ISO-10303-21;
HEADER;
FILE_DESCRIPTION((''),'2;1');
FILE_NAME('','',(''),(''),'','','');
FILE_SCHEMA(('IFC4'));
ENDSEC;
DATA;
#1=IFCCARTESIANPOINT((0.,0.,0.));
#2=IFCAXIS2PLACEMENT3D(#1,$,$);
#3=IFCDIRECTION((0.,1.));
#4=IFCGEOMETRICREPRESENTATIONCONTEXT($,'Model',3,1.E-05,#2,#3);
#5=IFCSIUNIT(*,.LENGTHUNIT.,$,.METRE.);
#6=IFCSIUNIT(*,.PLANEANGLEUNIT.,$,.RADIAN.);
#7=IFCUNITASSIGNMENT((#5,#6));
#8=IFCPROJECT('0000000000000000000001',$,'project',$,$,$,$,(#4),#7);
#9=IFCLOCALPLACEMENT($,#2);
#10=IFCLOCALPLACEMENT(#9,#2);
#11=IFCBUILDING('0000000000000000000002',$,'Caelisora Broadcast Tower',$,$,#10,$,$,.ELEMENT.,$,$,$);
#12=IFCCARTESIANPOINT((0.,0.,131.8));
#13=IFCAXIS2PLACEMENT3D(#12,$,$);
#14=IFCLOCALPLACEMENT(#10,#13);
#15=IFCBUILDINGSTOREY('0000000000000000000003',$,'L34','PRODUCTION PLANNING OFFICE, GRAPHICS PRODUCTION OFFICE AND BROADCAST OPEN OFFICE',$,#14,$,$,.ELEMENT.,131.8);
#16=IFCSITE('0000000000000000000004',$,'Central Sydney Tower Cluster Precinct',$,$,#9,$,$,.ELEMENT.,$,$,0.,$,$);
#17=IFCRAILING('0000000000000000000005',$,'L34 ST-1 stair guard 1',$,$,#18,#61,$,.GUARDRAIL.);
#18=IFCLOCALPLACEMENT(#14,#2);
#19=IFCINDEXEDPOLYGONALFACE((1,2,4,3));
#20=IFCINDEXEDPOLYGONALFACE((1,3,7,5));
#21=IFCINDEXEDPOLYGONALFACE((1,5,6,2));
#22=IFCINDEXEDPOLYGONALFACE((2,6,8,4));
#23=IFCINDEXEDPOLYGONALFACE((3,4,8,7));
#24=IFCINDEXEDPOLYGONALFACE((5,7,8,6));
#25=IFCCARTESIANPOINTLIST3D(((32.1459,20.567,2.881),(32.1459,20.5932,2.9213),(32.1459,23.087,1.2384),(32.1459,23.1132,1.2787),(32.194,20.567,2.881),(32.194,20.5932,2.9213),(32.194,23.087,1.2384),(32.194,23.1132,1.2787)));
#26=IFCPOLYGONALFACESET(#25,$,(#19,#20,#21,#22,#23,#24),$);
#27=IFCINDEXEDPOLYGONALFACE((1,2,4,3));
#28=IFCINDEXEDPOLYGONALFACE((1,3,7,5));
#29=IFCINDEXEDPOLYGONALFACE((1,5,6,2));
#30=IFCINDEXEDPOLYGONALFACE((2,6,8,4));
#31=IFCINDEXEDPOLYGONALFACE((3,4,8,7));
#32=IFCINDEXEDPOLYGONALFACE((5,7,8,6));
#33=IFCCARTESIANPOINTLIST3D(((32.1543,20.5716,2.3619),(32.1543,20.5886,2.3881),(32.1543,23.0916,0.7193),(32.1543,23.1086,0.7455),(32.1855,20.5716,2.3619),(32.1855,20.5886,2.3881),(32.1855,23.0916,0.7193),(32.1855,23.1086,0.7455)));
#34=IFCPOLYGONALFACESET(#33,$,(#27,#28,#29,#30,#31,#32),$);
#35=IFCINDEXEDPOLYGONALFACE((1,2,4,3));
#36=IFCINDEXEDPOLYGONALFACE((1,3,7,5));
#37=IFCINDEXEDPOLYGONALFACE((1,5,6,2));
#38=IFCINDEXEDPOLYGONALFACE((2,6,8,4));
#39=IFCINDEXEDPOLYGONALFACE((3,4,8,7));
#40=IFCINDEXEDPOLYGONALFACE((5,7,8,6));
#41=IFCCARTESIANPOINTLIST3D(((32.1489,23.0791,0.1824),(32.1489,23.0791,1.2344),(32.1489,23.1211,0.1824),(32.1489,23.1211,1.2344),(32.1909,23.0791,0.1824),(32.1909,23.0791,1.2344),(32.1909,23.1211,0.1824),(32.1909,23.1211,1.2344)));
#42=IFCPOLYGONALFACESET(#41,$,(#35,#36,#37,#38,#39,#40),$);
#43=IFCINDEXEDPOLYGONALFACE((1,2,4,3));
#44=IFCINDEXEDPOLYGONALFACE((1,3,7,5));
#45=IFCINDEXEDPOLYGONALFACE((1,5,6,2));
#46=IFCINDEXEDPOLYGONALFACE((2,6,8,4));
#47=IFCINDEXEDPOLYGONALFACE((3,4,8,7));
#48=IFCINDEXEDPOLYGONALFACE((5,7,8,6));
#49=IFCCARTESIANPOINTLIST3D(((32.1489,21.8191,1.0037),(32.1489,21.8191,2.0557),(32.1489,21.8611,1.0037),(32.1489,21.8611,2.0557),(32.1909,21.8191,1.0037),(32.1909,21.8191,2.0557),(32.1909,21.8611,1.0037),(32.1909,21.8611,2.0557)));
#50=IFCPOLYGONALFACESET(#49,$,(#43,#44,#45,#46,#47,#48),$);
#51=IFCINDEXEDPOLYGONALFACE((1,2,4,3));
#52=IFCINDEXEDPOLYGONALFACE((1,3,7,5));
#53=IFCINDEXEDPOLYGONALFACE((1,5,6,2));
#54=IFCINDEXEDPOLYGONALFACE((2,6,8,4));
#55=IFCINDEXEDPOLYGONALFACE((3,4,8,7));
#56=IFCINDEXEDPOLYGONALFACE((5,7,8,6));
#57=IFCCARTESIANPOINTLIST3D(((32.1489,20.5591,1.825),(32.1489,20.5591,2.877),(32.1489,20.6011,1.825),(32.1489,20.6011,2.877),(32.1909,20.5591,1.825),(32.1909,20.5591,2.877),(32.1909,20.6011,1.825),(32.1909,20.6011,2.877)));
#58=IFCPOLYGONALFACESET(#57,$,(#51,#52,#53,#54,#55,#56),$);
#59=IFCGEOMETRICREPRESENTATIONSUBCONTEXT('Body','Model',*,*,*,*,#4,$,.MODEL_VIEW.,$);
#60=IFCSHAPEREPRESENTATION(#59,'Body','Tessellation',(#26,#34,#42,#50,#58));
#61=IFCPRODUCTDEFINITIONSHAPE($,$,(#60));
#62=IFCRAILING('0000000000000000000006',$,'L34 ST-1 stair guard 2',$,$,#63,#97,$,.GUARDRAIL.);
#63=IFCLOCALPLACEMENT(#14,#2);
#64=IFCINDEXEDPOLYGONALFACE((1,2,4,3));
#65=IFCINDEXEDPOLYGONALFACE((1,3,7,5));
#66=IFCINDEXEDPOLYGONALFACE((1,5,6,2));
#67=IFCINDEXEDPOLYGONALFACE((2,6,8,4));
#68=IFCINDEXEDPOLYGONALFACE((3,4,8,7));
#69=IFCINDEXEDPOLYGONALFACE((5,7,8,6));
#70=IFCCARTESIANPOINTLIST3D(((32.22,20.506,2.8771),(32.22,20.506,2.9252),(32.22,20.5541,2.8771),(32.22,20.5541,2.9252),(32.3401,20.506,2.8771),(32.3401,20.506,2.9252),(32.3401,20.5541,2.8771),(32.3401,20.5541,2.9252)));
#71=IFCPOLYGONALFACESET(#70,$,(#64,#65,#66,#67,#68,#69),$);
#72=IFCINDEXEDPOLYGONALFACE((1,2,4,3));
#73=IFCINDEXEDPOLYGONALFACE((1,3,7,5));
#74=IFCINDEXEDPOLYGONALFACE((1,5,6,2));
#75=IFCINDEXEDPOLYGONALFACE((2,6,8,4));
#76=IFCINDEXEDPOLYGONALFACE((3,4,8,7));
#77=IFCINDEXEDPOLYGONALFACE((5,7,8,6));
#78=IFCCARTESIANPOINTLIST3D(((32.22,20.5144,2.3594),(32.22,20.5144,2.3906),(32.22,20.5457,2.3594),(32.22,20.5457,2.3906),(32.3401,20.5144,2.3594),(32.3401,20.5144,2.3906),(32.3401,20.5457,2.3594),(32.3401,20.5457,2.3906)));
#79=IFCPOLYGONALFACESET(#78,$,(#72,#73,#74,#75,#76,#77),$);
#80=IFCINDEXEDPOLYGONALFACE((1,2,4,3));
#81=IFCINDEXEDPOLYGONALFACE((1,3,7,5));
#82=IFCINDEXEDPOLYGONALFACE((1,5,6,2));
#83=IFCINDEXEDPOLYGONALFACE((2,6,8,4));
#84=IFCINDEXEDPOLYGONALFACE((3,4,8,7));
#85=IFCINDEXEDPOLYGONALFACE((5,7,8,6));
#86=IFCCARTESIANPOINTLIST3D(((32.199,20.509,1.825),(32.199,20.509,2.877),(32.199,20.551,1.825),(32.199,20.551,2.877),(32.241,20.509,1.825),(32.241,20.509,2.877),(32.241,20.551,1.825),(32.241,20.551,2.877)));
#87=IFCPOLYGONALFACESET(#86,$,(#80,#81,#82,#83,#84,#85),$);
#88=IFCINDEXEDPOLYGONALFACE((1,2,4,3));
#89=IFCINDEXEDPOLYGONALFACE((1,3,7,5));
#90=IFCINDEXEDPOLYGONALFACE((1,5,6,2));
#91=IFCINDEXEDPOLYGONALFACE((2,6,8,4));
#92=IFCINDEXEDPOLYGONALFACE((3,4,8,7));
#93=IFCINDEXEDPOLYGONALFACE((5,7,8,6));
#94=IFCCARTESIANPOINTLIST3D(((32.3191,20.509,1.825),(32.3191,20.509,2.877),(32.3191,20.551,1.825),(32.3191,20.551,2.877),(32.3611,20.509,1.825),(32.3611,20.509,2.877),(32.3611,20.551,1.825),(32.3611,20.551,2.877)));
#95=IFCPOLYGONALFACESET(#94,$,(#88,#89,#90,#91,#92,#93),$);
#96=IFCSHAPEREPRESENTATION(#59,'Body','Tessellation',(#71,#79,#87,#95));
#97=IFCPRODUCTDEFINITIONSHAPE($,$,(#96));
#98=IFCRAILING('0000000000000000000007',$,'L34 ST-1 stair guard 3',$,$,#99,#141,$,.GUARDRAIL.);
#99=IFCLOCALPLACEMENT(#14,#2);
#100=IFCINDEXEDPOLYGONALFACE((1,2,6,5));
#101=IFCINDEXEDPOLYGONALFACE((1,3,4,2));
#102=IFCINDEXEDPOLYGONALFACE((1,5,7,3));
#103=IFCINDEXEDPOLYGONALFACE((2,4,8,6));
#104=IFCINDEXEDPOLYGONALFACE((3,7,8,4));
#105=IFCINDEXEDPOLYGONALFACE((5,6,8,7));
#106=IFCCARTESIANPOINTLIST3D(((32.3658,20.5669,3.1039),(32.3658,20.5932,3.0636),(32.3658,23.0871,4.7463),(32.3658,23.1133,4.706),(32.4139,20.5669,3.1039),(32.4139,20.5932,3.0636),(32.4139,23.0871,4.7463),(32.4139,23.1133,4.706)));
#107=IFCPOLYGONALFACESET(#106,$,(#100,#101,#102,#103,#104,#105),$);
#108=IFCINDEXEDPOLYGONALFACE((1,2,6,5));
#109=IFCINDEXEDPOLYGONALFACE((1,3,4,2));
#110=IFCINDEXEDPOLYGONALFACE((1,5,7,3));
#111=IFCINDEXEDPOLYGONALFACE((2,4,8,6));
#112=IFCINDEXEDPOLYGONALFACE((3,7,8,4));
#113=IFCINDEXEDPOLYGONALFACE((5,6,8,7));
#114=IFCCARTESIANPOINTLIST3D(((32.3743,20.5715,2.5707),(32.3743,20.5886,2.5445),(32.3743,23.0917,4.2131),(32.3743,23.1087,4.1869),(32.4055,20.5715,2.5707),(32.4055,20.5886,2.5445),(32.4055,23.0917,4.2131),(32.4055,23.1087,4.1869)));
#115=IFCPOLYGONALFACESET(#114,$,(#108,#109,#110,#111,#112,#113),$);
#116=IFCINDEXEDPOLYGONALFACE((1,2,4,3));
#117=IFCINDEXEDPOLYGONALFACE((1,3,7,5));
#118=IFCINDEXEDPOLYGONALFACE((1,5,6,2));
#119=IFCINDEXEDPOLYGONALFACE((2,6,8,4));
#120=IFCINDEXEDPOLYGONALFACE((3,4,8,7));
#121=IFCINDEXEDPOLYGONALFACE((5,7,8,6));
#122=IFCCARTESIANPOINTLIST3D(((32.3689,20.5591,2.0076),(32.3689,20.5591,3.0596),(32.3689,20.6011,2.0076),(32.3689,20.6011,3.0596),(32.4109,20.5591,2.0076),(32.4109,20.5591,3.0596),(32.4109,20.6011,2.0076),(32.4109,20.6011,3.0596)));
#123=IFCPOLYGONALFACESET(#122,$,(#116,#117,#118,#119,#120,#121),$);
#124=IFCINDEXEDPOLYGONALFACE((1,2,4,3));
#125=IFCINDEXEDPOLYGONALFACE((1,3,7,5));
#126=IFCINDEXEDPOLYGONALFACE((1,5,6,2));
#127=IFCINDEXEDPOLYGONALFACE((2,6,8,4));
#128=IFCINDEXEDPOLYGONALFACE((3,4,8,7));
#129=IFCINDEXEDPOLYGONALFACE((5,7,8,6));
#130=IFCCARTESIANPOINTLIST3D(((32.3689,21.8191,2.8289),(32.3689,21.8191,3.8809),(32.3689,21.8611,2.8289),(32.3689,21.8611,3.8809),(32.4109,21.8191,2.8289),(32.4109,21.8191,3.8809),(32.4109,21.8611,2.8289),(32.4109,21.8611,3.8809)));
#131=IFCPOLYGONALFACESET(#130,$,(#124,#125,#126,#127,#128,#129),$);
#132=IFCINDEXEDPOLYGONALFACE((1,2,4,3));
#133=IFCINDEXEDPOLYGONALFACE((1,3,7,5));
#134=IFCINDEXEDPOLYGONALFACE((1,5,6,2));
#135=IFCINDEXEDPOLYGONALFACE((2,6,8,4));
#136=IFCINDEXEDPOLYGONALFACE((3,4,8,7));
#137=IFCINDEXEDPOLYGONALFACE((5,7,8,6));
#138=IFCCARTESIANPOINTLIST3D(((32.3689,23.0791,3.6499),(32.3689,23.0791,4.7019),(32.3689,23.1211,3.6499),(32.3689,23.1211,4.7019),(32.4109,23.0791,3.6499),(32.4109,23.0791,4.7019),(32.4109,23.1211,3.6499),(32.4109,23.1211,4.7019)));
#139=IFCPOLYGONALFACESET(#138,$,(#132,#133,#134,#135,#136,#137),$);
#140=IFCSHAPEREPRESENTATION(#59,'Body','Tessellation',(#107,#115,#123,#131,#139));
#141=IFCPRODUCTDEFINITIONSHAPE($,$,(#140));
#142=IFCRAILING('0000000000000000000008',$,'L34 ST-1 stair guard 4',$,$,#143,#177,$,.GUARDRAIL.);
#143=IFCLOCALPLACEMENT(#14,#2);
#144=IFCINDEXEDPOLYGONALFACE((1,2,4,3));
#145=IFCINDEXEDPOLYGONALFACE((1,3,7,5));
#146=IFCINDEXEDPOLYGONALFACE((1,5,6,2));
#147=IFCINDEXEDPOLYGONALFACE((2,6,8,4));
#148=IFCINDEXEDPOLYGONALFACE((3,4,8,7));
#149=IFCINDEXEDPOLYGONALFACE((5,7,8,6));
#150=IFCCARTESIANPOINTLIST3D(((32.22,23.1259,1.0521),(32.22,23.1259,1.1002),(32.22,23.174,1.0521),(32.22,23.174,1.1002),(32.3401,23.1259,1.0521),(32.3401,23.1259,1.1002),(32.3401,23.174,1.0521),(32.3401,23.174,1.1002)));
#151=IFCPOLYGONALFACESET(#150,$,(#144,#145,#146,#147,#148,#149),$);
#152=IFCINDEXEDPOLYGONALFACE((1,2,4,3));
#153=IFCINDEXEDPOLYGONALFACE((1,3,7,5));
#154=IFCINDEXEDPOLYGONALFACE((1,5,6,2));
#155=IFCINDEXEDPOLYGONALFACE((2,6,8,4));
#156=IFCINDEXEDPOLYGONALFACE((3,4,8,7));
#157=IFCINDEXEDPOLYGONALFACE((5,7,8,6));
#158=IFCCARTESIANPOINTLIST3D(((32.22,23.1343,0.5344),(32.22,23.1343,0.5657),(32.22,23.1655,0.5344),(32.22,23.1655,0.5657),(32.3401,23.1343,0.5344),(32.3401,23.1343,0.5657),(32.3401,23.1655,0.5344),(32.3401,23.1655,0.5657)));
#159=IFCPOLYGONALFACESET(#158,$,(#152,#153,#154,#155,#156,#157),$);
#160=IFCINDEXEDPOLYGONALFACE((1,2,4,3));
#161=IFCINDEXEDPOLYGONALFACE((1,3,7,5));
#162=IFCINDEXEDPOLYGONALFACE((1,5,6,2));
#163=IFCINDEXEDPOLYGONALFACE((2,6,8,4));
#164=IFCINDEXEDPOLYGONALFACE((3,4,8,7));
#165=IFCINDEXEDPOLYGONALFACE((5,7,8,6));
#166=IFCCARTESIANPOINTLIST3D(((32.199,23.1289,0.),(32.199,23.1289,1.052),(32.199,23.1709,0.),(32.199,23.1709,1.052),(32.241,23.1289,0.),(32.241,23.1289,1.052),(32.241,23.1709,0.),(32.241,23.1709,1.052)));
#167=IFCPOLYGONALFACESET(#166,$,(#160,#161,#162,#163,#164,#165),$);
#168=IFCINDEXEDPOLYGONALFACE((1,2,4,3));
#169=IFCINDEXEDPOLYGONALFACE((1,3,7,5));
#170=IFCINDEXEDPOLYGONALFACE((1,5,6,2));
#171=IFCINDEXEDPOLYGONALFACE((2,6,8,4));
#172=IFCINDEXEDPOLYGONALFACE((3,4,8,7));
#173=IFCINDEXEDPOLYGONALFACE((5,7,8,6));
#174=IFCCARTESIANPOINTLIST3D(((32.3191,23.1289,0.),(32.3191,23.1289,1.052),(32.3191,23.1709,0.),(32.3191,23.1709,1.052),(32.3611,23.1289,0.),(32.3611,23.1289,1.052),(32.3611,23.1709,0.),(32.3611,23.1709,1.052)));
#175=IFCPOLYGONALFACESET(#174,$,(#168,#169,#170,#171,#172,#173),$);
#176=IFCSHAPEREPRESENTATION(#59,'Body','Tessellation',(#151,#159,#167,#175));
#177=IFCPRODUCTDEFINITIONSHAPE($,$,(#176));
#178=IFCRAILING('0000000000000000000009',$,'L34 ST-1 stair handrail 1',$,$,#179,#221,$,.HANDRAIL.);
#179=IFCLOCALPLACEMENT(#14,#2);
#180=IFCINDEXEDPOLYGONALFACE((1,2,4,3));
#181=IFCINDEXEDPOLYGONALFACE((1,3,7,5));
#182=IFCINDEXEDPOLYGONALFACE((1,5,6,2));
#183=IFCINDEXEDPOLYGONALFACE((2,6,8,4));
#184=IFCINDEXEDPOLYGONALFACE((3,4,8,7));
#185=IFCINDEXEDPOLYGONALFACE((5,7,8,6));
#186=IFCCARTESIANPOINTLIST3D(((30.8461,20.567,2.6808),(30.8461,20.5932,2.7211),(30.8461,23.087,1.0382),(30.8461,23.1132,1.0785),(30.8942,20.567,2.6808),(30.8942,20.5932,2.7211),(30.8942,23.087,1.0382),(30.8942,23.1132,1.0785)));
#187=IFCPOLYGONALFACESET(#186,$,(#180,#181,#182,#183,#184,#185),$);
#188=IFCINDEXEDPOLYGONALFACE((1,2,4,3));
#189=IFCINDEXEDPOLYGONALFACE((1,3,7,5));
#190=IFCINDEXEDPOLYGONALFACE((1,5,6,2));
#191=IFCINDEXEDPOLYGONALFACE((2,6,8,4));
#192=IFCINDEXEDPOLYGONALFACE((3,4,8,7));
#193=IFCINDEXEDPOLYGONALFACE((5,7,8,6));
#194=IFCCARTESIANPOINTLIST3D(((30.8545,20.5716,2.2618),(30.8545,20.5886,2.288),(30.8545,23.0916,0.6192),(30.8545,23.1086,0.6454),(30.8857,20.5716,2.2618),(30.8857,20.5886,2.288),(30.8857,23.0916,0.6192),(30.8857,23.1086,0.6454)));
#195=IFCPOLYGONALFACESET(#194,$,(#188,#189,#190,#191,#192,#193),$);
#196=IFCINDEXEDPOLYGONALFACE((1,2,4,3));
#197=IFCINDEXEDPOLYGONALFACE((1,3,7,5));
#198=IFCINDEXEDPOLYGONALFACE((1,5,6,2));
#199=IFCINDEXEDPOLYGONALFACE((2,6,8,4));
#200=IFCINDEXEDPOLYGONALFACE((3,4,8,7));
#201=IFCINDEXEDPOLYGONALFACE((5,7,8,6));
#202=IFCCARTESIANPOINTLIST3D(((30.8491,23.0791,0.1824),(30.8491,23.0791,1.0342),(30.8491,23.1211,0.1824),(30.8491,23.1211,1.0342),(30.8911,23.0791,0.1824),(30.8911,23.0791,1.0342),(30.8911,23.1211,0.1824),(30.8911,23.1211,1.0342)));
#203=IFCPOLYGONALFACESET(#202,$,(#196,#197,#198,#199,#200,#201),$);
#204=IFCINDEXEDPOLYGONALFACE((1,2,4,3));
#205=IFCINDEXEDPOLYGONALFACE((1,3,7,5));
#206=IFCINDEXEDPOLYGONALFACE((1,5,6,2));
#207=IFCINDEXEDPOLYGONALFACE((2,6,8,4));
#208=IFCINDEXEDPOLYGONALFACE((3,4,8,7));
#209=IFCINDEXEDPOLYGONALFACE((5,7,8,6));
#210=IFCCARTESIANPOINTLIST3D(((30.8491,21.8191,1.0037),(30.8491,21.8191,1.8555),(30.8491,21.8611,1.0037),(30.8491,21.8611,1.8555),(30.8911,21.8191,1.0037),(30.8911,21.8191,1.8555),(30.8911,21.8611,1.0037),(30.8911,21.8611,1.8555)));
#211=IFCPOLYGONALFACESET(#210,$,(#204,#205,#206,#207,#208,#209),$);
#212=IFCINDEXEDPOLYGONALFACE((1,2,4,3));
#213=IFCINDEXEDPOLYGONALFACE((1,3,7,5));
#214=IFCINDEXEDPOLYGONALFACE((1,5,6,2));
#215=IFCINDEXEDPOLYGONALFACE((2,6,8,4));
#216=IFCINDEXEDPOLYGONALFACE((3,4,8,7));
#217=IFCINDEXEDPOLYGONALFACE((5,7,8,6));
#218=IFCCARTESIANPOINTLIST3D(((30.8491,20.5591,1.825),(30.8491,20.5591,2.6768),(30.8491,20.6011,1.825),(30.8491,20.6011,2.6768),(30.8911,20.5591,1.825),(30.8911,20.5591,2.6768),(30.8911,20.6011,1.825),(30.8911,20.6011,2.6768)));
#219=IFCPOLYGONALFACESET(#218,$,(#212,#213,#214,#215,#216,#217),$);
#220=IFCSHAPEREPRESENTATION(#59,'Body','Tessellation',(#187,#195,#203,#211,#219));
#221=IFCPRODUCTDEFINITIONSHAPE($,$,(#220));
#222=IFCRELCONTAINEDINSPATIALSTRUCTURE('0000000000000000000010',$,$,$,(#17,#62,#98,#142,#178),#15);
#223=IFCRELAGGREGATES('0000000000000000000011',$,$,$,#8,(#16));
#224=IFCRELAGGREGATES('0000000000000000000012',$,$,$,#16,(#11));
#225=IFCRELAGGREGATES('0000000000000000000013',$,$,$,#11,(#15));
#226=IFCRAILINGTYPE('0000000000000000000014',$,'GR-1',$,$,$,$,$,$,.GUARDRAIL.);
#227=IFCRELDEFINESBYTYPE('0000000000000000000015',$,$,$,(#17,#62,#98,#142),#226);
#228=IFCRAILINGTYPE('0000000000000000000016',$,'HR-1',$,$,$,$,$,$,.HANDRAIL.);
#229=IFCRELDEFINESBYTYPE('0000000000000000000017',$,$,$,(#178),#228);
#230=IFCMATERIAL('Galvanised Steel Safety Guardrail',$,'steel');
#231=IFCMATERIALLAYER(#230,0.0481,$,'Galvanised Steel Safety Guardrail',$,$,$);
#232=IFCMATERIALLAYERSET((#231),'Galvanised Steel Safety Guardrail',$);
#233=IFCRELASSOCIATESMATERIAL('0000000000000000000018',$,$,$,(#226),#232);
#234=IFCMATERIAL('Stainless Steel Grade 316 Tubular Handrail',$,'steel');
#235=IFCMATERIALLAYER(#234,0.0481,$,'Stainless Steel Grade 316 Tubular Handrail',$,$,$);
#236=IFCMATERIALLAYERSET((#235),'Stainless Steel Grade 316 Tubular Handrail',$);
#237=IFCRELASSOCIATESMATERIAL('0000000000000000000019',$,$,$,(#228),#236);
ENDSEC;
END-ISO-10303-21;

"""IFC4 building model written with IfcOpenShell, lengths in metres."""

from ifc_helpers import new_model, si_unit, direction, frame, origin, origin_2d, place, context, subcontext, project, spatial, rectangle, extrude, material, layer, layer_set, type_object, element, save


model = new_model("IFC4")

# Units and contexts
model_context = context("Model", 3, precision=1e-05, world=origin(), true_north=direction((0.0, 1.0)))
body_context = subcontext(model_context, "Body", "Model", "MODEL_VIEW")
ifc_project = project(units=[si_unit("LENGTHUNIT", "METRE"), si_unit("PLANEANGLEUNIT", "RADIAN")], contexts=[model_context])

# Site, building, storey
site_placement = place(None, origin())
site = spatial("IfcSite", under=ifc_project, at=site_placement, Name="Central Sydney Tower Cluster Precinct", CompositionType="ELEMENT", RefElevation=0.0)
building_placement = place(site_placement, origin())
building = spatial("IfcBuilding", under=site, at=building_placement, Name="Caelisora Broadcast Tower", CompositionType="ELEMENT")
storey_placement = place(building_placement, frame((0.0, 0.0, 131.8)))
storey = spatial("IfcBuildingStorey", under=building, at=storey_placement, Name="L34", Description="PRODUCTION PLANNING OFFICE, GRAPHICS PRODUCTION OFFICE AND BROADCAST OPEN OFFICE", CompositionType="ELEMENT", Elevation=131.8)

# Railings
ifc_material_1 = material(Name="Galvanised Steel Safety Guardrail", Category="steel")
ifc_layer_1 = layer(ifc_material_1, 0.0481, Name="Galvanised Steel Safety Guardrail")
ifc_layer_set_1 = layer_set([ifc_layer_1], Name="Galvanised Steel Safety Guardrail")
railing_type_1 = type_object("IfcRailingType", Name="GR-1", PredefinedType="GUARDRAIL", material=ifc_layer_set_1)
railing_1_placement = place(storey_placement, frame((32.1699, 23.1001, 0.1824)))
element("IfcRailing", 1, at=railing_1_placement, inside=storey, type_object=railing_type_1, Name="L34 ST-1 stair guard 1", PredefinedType="GUARDRAIL", context=body_context, shape_type="SweptSolid", body=[
    extrude(rectangle(XDim=0.0481, YDim=0.0481, at=origin_2d()), frame((0.0, 0.0, 1.0762), z_axis=(0.0, -0.837749, 0.546055), x_axis=(1.0, 0.0, 0.0)), (0.0, 0.0, 1.0), 3.0081),
    extrude(rectangle(XDim=0.0312, YDim=0.0312, at=origin_2d()), frame((0.0, 0.0, 0.55), z_axis=(0.0, -0.837749, 0.546055), x_axis=(1.0, 0.0, 0.0)), (0.0, 0.0, 1.0), 3.0081),
    extrude(rectangle(XDim=0.042, YDim=0.042, at=origin_2d()), origin(), (0.0, 0.0, 1.0), 1.052),
    extrude(rectangle(XDim=0.042, YDim=0.042, at=origin_2d()), frame((0.0, -1.26, 0.8213)), (0.0, 0.0, 1.0), 1.052),
    extrude(rectangle(XDim=0.042, YDim=0.042, at=origin_2d()), frame((0.0, -2.52, 1.6426)), (0.0, 0.0, 1.0), 1.052),
])
railing_2_placement = place(storey_placement, frame((32.22, 20.53, 1.825)))
element("IfcRailing", 2, at=railing_2_placement, inside=storey, type_object=railing_type_1, Name="L34 ST-1 stair guard 2", PredefinedType="GUARDRAIL", context=body_context, shape_type="SweptSolid", body=[
    extrude(rectangle(XDim=0.0481, YDim=0.0481, at=origin_2d()), frame((0.0, 0.0, 1.0762), z_axis=(1.0, 0.0, 0.0), x_axis=(0.0, 1.0, 0.0)), (0.0, 0.0, 1.0), 0.1201),
    extrude(rectangle(XDim=0.0312, YDim=0.0312, at=origin_2d()), frame((0.0, 0.0, 0.55), z_axis=(1.0, 0.0, 0.0), x_axis=(0.0, 1.0, 0.0)), (0.0, 0.0, 1.0), 0.1201),
    extrude(rectangle(XDim=0.042, YDim=0.042, at=origin_2d()), origin(), (0.0, 0.0, 1.0), 1.052),
    extrude(rectangle(XDim=0.042, YDim=0.042, at=origin_2d()), frame((0.1201, 0.0, 0.0)), (0.0, 0.0, 1.0), 1.052),
])
railing_3_placement = place(storey_placement, frame((32.3899, 20.5801, 2.0076)))
element("IfcRailing", 3, at=railing_3_placement, inside=storey, type_object=railing_type_1, Name="L34 ST-1 stair guard 3", PredefinedType="GUARDRAIL", context=body_context, shape_type="SweptSolid", body=[
    extrude(rectangle(XDim=0.0481, YDim=0.0481, at=origin_2d()), frame((0.0, 0.0, 1.0762), z_axis=(0.0, 0.837787, 0.545998), x_axis=(-1.0, 0.0, 0.0)), (0.0, 0.0, 1.0), 3.0081),
    extrude(rectangle(XDim=0.0312, YDim=0.0312, at=origin_2d()), frame((0.0, 0.0, 0.55), z_axis=(0.0, 0.837787, 0.545998), x_axis=(-1.0, 0.0, 0.0)), (0.0, 0.0, 1.0), 3.0081),
    extrude(rectangle(XDim=0.042, YDim=0.042, at=origin_2d()), origin(), (0.0, 0.0, 1.0), 1.052),
    extrude(rectangle(XDim=0.042, YDim=0.042, at=origin_2d()), frame((0.0, 1.26, 0.8213)), (0.0, 0.0, 1.0), 1.052),
    extrude(rectangle(XDim=0.042, YDim=0.042, at=origin_2d()), frame((0.0, 2.52, 1.6423)), (0.0, 0.0, 1.0), 1.052),
])
railing_4_placement = place(storey_placement, frame((32.22, 23.1499, 0.0)))
element("IfcRailing", 4, at=railing_4_placement, inside=storey, type_object=railing_type_1, Name="L34 ST-1 stair guard 4", PredefinedType="GUARDRAIL", context=body_context, shape_type="SweptSolid", body=[
    extrude(rectangle(XDim=0.0481, YDim=0.0481, at=origin_2d()), frame((0.0, 0.0, 1.0762), z_axis=(1.0, 0.0, 0.0), x_axis=(0.0, 1.0, 0.0)), (0.0, 0.0, 1.0), 0.1201),
    extrude(rectangle(XDim=0.0312, YDim=0.0312, at=origin_2d()), frame((0.0, 0.0, 0.55), z_axis=(1.0, 0.0, 0.0), x_axis=(0.0, 1.0, 0.0)), (0.0, 0.0, 1.0), 0.1201),
    extrude(rectangle(XDim=0.042, YDim=0.042, at=origin_2d()), origin(), (0.0, 0.0, 1.0), 1.052),
    extrude(rectangle(XDim=0.042, YDim=0.042, at=origin_2d()), frame((0.1201, 0.0, 0.0)), (0.0, 0.0, 1.0), 1.052),
])
ifc_material_2 = material(Name="Stainless Steel Grade 316 Tubular Handrail", Category="steel")
ifc_layer_2 = layer(ifc_material_2, 0.0481, Name="Stainless Steel Grade 316 Tubular Handrail")
ifc_layer_set_2 = layer_set([ifc_layer_2], Name="Stainless Steel Grade 316 Tubular Handrail")
railing_type_2 = type_object("IfcRailingType", Name="HR-1", PredefinedType="HANDRAIL", material=ifc_layer_set_2)
railing_5_placement = place(storey_placement, frame((30.8701, 23.1001, 0.1824)))
element("IfcRailing", 5, at=railing_5_placement, inside=storey, type_object=railing_type_2, Name="L34 ST-1 stair handrail 1", PredefinedType="HANDRAIL", context=body_context, shape_type="SweptSolid", body=[
    extrude(rectangle(XDim=0.0481, YDim=0.0481, at=origin_2d()), frame((0.0, 0.0, 0.876), z_axis=(0.0, -0.837749, 0.546055), x_axis=(1.0, 0.0, 0.0)), (0.0, 0.0, 1.0), 3.0081),
    extrude(rectangle(XDim=0.0312, YDim=0.0312, at=origin_2d()), frame((0.0, 0.0, 0.45), z_axis=(0.0, -0.837749, 0.546055), x_axis=(1.0, 0.0, 0.0)), (0.0, 0.0, 1.0), 3.0081),
    extrude(rectangle(XDim=0.042, YDim=0.042, at=origin_2d()), origin(), (0.0, 0.0, 1.0), 0.8518),
    extrude(rectangle(XDim=0.042, YDim=0.042, at=origin_2d()), frame((0.0, -1.26, 0.8213)), (0.0, 0.0, 1.0), 0.8518),
    extrude(rectangle(XDim=0.042, YDim=0.042, at=origin_2d()), frame((0.0, -2.52, 1.6426)), (0.0, 0.0, 1.0), 0.8518),
])

save(model, "model.ifc")
